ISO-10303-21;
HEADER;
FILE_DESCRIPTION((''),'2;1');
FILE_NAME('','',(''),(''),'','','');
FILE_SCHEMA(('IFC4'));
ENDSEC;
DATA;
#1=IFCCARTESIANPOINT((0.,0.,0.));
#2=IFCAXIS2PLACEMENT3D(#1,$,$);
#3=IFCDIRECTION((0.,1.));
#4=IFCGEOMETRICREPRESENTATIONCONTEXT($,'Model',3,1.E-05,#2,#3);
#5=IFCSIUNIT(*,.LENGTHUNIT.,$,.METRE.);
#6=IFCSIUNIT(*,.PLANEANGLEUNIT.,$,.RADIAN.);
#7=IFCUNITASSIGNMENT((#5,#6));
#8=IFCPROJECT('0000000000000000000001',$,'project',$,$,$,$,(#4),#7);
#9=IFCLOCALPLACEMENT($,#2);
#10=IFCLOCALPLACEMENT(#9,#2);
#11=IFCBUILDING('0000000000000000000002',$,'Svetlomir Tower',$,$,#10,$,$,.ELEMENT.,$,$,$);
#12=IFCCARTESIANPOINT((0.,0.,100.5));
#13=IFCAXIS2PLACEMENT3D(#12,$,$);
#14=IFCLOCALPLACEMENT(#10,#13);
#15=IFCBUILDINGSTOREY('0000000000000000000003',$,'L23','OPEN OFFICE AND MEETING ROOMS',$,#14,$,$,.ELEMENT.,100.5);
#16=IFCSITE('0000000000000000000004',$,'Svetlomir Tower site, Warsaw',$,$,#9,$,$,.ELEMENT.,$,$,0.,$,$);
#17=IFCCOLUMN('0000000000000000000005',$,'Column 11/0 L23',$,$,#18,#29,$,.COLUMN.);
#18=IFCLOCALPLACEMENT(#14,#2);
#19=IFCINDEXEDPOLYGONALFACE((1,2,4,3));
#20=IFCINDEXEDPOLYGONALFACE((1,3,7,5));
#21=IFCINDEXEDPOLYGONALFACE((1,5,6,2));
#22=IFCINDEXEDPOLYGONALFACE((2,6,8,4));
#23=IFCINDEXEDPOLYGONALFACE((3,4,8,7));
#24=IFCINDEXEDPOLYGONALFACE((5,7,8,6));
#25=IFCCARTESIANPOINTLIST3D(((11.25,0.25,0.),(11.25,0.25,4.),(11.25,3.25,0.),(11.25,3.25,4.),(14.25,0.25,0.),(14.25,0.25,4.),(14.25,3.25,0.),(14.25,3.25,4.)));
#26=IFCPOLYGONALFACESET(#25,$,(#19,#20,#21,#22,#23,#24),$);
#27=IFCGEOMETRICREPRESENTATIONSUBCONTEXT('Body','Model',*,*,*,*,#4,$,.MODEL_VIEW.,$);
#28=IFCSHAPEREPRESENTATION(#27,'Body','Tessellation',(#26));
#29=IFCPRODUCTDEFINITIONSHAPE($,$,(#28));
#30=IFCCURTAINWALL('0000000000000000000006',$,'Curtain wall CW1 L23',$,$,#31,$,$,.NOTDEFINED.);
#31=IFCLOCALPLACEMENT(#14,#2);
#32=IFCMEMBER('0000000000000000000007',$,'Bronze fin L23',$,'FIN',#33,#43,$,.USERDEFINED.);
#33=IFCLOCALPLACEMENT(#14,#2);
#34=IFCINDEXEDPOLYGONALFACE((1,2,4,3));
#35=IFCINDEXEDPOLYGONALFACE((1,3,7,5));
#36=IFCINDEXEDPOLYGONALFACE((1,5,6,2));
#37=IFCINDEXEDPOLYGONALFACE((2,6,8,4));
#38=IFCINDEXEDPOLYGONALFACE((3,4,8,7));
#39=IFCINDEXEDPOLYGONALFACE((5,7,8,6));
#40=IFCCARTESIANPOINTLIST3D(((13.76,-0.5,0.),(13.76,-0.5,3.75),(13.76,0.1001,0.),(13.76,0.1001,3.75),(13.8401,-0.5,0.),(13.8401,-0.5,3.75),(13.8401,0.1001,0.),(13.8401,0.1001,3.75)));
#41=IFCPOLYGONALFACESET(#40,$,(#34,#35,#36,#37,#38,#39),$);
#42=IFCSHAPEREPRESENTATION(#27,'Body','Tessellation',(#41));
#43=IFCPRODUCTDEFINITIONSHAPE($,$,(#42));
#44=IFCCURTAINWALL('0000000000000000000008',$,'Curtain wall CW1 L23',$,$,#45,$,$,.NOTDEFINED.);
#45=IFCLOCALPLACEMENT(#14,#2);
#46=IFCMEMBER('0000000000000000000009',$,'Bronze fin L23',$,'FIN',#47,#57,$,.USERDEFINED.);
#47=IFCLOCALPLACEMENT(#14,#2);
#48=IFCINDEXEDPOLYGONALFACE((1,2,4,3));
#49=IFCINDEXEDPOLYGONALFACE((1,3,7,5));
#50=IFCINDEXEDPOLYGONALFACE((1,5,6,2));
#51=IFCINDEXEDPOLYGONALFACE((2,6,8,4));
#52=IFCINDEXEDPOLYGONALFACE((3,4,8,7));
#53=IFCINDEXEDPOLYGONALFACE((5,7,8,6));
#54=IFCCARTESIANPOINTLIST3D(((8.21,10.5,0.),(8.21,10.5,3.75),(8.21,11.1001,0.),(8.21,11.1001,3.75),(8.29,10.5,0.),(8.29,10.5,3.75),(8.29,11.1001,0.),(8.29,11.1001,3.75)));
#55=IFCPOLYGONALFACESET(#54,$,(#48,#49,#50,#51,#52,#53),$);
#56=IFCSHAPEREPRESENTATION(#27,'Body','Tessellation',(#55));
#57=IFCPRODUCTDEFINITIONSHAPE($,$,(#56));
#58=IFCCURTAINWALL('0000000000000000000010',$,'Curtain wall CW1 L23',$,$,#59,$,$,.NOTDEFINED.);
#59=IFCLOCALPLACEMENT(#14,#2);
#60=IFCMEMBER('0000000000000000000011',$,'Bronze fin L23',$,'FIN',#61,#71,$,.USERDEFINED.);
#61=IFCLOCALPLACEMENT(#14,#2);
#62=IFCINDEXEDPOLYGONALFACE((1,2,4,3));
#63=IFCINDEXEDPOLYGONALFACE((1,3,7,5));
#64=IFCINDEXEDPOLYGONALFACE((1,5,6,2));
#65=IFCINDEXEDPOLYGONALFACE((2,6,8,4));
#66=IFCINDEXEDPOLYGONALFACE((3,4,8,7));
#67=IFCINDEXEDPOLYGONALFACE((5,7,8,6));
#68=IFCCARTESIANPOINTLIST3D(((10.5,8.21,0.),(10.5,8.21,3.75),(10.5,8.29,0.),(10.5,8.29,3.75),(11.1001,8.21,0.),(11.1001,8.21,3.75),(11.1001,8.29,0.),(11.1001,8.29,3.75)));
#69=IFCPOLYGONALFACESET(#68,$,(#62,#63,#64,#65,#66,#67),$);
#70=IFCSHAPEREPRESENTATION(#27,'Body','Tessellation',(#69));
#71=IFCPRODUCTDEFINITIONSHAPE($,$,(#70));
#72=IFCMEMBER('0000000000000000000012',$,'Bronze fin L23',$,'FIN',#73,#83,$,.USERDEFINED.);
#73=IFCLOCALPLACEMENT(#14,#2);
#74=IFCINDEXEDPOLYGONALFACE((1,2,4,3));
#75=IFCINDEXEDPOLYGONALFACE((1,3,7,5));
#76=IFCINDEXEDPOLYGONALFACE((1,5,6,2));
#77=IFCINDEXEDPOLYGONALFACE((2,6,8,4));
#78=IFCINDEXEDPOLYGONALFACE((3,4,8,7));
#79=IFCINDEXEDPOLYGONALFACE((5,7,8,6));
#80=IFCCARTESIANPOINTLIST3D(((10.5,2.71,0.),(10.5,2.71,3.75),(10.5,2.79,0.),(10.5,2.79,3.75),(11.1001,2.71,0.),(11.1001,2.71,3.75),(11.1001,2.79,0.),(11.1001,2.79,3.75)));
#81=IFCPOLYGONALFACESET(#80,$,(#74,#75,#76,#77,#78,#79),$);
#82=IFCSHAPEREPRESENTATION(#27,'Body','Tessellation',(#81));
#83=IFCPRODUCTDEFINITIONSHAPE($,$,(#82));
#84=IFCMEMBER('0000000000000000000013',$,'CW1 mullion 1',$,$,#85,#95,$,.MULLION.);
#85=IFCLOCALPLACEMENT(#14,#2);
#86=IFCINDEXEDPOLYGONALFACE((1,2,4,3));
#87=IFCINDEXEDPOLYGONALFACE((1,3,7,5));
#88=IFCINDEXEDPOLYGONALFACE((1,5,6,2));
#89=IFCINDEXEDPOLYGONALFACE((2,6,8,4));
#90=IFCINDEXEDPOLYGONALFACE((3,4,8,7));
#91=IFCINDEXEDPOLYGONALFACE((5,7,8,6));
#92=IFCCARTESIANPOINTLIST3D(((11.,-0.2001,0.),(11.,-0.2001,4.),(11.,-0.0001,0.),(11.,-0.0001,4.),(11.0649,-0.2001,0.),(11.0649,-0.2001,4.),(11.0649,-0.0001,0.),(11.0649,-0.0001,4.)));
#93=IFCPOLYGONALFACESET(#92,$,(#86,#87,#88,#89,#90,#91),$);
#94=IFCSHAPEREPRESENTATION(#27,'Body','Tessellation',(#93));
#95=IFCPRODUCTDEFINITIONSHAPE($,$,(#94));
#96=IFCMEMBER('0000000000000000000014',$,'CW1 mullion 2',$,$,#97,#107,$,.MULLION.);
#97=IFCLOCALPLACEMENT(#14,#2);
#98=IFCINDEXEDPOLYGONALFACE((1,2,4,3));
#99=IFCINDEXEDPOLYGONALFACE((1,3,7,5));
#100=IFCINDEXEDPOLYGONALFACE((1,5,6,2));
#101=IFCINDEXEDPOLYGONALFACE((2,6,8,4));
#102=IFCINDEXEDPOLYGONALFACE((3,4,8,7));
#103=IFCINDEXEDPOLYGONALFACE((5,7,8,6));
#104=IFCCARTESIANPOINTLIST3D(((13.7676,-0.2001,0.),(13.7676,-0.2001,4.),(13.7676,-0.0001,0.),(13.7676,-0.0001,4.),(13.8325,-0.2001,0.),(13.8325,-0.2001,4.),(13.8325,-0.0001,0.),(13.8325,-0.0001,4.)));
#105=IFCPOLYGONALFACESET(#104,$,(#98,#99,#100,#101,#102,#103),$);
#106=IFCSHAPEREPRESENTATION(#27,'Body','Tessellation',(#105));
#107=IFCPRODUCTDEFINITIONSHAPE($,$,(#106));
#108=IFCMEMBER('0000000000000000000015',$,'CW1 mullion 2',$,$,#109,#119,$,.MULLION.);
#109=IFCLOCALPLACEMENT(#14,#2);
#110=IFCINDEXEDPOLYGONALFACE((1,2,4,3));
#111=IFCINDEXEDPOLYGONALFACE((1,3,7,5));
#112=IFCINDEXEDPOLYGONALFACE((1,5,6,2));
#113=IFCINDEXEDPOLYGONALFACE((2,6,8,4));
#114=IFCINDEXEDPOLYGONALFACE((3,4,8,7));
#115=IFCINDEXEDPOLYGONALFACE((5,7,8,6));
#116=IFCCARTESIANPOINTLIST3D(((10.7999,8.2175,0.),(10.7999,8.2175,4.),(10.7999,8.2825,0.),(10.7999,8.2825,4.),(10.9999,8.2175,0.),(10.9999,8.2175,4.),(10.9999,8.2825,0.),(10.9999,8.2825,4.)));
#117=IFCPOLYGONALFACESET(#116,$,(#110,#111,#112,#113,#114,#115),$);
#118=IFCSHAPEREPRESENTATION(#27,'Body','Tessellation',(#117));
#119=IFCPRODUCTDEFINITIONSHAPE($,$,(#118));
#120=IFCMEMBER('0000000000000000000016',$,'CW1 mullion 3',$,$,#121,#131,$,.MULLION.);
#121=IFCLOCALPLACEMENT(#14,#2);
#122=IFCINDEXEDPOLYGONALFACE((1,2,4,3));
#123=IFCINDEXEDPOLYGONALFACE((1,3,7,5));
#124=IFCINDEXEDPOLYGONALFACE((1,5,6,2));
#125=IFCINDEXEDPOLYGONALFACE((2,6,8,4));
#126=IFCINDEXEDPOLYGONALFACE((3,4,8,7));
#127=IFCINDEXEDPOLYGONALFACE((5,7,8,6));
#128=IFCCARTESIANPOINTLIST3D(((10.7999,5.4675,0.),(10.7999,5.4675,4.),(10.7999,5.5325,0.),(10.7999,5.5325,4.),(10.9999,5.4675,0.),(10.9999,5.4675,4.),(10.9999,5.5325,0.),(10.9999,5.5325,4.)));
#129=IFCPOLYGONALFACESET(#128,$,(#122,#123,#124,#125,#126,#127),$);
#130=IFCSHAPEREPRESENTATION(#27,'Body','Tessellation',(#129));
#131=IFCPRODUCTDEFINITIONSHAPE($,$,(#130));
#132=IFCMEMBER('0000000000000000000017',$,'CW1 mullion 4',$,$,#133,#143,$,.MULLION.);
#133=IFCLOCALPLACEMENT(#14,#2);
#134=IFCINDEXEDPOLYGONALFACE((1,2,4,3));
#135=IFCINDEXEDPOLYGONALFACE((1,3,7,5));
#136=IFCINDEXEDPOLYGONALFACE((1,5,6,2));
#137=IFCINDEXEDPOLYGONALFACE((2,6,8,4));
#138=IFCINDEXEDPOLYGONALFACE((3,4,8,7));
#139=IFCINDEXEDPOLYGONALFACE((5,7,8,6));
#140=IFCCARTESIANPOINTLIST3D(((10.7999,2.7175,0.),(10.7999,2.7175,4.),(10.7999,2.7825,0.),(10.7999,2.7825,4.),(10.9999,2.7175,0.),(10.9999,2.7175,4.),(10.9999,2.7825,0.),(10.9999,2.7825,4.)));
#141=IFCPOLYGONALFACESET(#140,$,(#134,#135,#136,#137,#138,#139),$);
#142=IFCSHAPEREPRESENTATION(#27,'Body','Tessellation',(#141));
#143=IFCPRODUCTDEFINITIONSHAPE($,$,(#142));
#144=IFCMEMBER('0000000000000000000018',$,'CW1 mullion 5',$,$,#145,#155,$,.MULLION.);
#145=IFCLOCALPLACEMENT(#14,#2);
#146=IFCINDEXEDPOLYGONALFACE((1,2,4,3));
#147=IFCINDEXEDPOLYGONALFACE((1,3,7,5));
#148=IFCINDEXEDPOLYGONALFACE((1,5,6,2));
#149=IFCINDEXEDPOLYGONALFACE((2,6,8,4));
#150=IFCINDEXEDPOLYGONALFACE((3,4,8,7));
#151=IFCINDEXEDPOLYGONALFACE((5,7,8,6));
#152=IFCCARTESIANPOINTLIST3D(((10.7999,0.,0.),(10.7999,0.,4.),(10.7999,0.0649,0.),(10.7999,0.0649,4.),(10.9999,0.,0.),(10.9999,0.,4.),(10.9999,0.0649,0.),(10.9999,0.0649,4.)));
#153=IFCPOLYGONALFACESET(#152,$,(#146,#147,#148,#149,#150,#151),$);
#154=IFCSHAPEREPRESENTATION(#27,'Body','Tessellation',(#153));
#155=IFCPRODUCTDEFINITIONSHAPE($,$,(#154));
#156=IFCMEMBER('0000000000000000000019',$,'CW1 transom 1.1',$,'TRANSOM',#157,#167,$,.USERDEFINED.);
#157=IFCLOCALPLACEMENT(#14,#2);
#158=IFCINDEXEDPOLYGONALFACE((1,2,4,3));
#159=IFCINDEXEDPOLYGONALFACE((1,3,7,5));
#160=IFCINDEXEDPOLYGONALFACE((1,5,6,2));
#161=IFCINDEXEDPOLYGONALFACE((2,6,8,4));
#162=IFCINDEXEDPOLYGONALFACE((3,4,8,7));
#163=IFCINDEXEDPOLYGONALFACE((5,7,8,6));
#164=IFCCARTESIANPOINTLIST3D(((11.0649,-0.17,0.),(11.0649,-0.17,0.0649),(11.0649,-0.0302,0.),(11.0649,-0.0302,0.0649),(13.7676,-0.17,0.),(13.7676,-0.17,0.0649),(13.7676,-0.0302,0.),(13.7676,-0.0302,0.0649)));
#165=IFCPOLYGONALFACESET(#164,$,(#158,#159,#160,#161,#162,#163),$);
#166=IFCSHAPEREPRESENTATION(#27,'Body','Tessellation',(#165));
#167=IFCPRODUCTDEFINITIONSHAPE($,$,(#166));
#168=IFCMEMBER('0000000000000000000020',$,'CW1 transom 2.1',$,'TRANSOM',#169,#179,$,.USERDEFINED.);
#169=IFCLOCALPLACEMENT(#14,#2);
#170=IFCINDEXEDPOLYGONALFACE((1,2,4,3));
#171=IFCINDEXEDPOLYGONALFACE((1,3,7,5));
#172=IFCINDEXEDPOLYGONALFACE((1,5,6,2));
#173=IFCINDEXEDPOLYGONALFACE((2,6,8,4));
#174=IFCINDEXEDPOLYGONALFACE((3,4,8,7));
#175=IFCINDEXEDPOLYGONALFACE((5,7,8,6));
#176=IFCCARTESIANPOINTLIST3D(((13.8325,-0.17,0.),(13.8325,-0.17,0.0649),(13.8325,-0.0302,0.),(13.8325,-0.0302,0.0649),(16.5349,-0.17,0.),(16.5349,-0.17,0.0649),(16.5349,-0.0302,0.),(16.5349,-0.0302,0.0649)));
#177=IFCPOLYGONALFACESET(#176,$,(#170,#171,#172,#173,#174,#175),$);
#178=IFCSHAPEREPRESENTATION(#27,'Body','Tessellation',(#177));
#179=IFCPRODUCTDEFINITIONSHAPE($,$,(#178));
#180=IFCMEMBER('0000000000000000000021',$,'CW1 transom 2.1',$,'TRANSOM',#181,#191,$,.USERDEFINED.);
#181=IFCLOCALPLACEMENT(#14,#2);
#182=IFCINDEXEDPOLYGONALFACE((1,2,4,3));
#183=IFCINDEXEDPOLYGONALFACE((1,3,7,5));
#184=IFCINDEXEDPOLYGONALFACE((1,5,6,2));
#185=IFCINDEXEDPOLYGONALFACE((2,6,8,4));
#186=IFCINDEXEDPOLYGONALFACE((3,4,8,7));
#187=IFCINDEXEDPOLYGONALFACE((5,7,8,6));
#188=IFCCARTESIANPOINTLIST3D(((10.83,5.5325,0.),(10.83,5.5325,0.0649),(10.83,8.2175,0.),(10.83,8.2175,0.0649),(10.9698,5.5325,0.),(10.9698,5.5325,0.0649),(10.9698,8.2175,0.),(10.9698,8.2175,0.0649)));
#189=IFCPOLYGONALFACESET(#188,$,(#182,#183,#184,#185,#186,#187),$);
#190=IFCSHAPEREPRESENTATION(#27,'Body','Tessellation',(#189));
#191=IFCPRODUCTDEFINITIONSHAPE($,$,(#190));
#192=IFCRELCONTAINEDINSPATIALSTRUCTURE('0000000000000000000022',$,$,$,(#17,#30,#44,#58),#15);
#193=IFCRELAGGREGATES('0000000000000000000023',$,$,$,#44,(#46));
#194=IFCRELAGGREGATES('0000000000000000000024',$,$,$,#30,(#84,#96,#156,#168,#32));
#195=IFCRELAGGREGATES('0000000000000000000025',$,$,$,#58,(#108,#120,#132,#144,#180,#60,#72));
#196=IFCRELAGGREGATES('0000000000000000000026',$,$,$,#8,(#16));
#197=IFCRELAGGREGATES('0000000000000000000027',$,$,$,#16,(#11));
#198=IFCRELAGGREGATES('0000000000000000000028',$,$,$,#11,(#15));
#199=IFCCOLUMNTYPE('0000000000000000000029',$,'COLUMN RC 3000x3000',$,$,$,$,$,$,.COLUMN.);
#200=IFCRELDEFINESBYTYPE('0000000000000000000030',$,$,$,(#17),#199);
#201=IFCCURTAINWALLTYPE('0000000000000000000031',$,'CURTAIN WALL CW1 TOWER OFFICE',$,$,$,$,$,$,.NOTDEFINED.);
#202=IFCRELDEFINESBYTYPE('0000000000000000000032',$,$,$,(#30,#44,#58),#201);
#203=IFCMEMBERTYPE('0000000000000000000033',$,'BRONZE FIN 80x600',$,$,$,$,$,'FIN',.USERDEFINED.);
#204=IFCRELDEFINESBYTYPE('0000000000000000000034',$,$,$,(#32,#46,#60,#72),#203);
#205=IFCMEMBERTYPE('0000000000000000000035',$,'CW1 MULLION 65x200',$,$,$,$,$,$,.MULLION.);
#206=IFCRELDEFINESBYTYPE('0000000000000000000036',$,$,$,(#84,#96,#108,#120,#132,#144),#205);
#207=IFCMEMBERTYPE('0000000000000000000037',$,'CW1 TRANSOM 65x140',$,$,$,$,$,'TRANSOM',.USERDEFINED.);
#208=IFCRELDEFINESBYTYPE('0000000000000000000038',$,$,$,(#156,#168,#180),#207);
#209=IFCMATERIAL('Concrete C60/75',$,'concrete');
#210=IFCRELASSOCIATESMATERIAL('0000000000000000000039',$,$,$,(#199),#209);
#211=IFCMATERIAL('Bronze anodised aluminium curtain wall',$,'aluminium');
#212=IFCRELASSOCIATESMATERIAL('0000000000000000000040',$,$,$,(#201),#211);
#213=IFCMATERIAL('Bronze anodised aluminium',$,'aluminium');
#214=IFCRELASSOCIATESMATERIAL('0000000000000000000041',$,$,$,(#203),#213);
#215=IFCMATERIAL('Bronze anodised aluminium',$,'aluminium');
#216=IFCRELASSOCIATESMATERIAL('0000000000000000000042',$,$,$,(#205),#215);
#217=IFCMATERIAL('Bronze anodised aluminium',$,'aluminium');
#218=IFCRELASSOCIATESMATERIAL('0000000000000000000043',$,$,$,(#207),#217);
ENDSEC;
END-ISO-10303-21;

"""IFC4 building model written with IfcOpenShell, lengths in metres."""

from ifc_helpers import new_model, si_unit, direction, frame, origin, origin_2d, place, context, subcontext, project, spatial, rectangle, extrude, material, material_profile, profile_set, type_object, element, aggregate, save


model = new_model("IFC4")

# Units and contexts
model_context = context("Model", 3, precision=1e-05, world=origin(), true_north=direction((0.0, 1.0)))
body_context = subcontext(model_context, "Body", "Model", "MODEL_VIEW")
ifc_project = project(units=[si_unit("LENGTHUNIT", "METRE"), si_unit("PLANEANGLEUNIT", "RADIAN")], contexts=[model_context])

# Site, building, storey
site_placement = place(None, origin())
site = spatial("IfcSite", under=ifc_project, at=site_placement, Name="Svetlomir Tower site, Warsaw", CompositionType="ELEMENT", RefElevation=0.0)
building_placement = place(site_placement, origin())
building = spatial("IfcBuilding", under=site, at=building_placement, Name="Svetlomir Tower", CompositionType="ELEMENT")
storey_placement = place(building_placement, frame((0.0, 0.0, 100.5)))
storey = spatial("IfcBuildingStorey", under=building, at=storey_placement, Name="L23", Description="OPEN OFFICE AND MEETING ROOMS", CompositionType="ELEMENT", Elevation=100.5)

# Column
ifc_material_1 = material(Name="Concrete C60/75", Category="concrete")
ifc_material_profile_1 = material_profile(ifc_material_1, rectangle(XDim=3.0, YDim=3.0, at=origin_2d()), Name="RC 3000x3000")
ifc_profile_set_1 = profile_set([ifc_material_profile_1], Name="Concrete C60/75")
column_type = type_object("IfcColumnType", Name="COLUMN RC 3000x3000", PredefinedType="COLUMN", material=ifc_profile_set_1)
column_placement = place(storey_placement, frame((12.75, 1.75, 0.0), z_axis=(0.0, 0.0, 1.0), x_axis=(1.0, 0.0, 0.0)))
element("IfcColumn", 1, at=column_placement, inside=storey, type_object=column_type, Name="Column 11/0 L23", PredefinedType="COLUMN", context=body_context, shape_type="SweptSolid", body=[
    extrude(rectangle(XDim=3.0, YDim=3.0, at=origin_2d()), origin(), (0.0, 0.0, 1.0), 4.0),
])

# Curtain walls, members
ifc_material_2 = material(Name="Bronze anodised aluminium curtain wall", Category="aluminium")
curtain_wall_type = type_object("IfcCurtainWallType", Name="CURTAIN WALL CW1 TOWER OFFICE", PredefinedType="NOTDEFINED", material=ifc_material_2)
curtain_wall_1_placement = place(storey_placement, origin())
curtain_wall_1 = element("IfcCurtainWall", 2, at=curtain_wall_1_placement, inside=storey, type_object=curtain_wall_type, Name="Curtain wall CW1 L23", PredefinedType="NOTDEFINED")
ifc_material_3 = material(Name="Bronze anodised aluminium", Category="aluminium")
ifc_material_profile_2 = material_profile(ifc_material_3, rectangle(XDim=0.0801, YDim=0.6001, at=origin_2d()), Name="FIN 80x600")
ifc_profile_set_2 = profile_set([ifc_material_profile_2], Name="Bronze anodised aluminium 6063-T6")
member_type_1 = type_object("IfcMemberType", Name="BRONZE FIN 80x600", ElementType="FIN", PredefinedType="USERDEFINED", material=ifc_profile_set_2)
member_1_placement = place(storey_placement, frame((13.8, -0.2, 0.0), z_axis=(0.0, 0.0, 1.0), x_axis=(1.0, 0.0, 0.0)))
member_1 = element("IfcMember", 3, at=member_1_placement, type_object=member_type_1, Name="Bronze fin L23", ObjectType="FIN", PredefinedType="USERDEFINED", context=body_context, shape_type="SweptSolid", body=[
    extrude(rectangle(XDim=0.0801, YDim=0.6001, at=origin_2d()), origin(), (0.0, 0.0, 1.0), 3.75),
])
curtain_wall_2_placement = place(storey_placement, origin())
curtain_wall_2 = element("IfcCurtainWall", 4, at=curtain_wall_2_placement, inside=storey, type_object=curtain_wall_type, Name="Curtain wall CW1 L23", PredefinedType="NOTDEFINED")
member_2_placement = place(storey_placement, frame((8.25, 10.8, 0.0), z_axis=(0.0, 0.0, 1.0), x_axis=(1.0, 0.0, 0.0)))
member_2 = element("IfcMember", 5, at=member_2_placement, type_object=member_type_1, Name="Bronze fin L23", ObjectType="FIN", PredefinedType="USERDEFINED", context=body_context, shape_type="SweptSolid", body=[
    extrude(rectangle(XDim=0.0801, YDim=0.6001, at=origin_2d()), origin(), (0.0, 0.0, 1.0), 3.75),
])
aggregate(curtain_wall_2, [member_2])

# Curtain wall, members
curtain_wall_3_placement = place(storey_placement, origin())
curtain_wall_3 = element("IfcCurtainWall", 6, at=curtain_wall_3_placement, inside=storey, type_object=curtain_wall_type, Name="Curtain wall CW1 L23", PredefinedType="NOTDEFINED")
member_3_placement = place(storey_placement, frame((10.8, 8.25, 0.0), z_axis=(0.0, 0.0, 1.0), x_axis=(0.0, 1.0, 0.0)))
member_3 = element("IfcMember", 7, at=member_3_placement, type_object=member_type_1, Name="Bronze fin L23", ObjectType="FIN", PredefinedType="USERDEFINED", context=body_context, shape_type="SweptSolid", body=[
    extrude(rectangle(XDim=0.0801, YDim=0.6001, at=origin_2d()), origin(), (0.0, 0.0, 1.0), 3.75),
])
member_4_placement = place(storey_placement, frame((10.8, 2.75, 0.0), z_axis=(0.0, 0.0, 1.0), x_axis=(0.0, 1.0, 0.0)))
member_4 = element("IfcMember", 8, at=member_4_placement, type_object=member_type_1, Name="Bronze fin L23", ObjectType="FIN", PredefinedType="USERDEFINED", context=body_context, shape_type="SweptSolid", body=[
    extrude(rectangle(XDim=0.0801, YDim=0.6001, at=origin_2d()), origin(), (0.0, 0.0, 1.0), 3.75),
])

# Members
ifc_material_4 = material(Name="Bronze anodised aluminium", Category="aluminium")
ifc_material_profile_3 = material_profile(ifc_material_4, rectangle(XDim=0.0649, YDim=0.2, at=origin_2d()), Name="AL 65x200")
ifc_profile_set_3 = profile_set([ifc_material_profile_3], Name="Bronze anodised aluminium 6063-T6")
member_type_2 = type_object("IfcMemberType", Name="CW1 MULLION 65x200", PredefinedType="MULLION", material=ifc_profile_set_3)
member_5_placement = place(storey_placement, frame((11.0325, -0.1001, 0.0), z_axis=(0.0, 0.0, 1.0), x_axis=(1.0, 0.0, 0.0)))
member_5 = element("IfcMember", 9, at=member_5_placement, type_object=member_type_2, Name="CW1 mullion 1", PredefinedType="MULLION", context=body_context, shape_type="SweptSolid", body=[
    extrude(rectangle(XDim=0.0649, YDim=0.2, at=origin_2d()), origin(), (0.0, 0.0, 1.0), 4.0),
])
member_6_placement = place(storey_placement, frame((13.8, -0.1001, 0.0), z_axis=(0.0, 0.0, 1.0), x_axis=(1.0, 0.0, 0.0)))
member_6 = element("IfcMember", 10, at=member_6_placement, type_object=member_type_2, Name="CW1 mullion 2", PredefinedType="MULLION", context=body_context, shape_type="SweptSolid", body=[
    extrude(rectangle(XDim=0.0649, YDim=0.2, at=origin_2d()), origin(), (0.0, 0.0, 1.0), 4.0),
])
member_7_placement = place(storey_placement, frame((10.8999, 8.25, 0.0), z_axis=(0.0, 0.0, 1.0), x_axis=(0.0, -1.0, 0.0)))
member_7 = element("IfcMember", 11, at=member_7_placement, type_object=member_type_2, Name="CW1 mullion 2", PredefinedType="MULLION", context=body_context, shape_type="SweptSolid", body=[
    extrude(rectangle(XDim=0.0649, YDim=0.2, at=origin_2d()), origin(), (0.0, 0.0, 1.0), 4.0),
])
member_8_placement = place(storey_placement, frame((10.8999, 5.5, 0.0), z_axis=(0.0, 0.0, 1.0), x_axis=(0.0, -1.0, 0.0)))
member_8 = element("IfcMember", 12, at=member_8_placement, type_object=member_type_2, Name="CW1 mullion 3", PredefinedType="MULLION", context=body_context, shape_type="SweptSolid", body=[
    extrude(rectangle(XDim=0.0649, YDim=0.2, at=origin_2d()), origin(), (0.0, 0.0, 1.0), 4.0),
])
member_9_placement = place(storey_placement, frame((10.8999, 2.75, 0.0), z_axis=(0.0, 0.0, 1.0), x_axis=(0.0, -1.0, 0.0)))
member_9 = element("IfcMember", 13, at=member_9_placement, type_object=member_type_2, Name="CW1 mullion 4", PredefinedType="MULLION", context=body_context, shape_type="SweptSolid", body=[
    extrude(rectangle(XDim=0.0649, YDim=0.2, at=origin_2d()), origin(), (0.0, 0.0, 1.0), 4.0),
])
member_10_placement = place(storey_placement, frame((10.8999, 0.0325, 0.0), z_axis=(0.0, 0.0, 1.0), x_axis=(0.0, -1.0, 0.0)))
member_10 = element("IfcMember", 14, at=member_10_placement, type_object=member_type_2, Name="CW1 mullion 5", PredefinedType="MULLION", context=body_context, shape_type="SweptSolid", body=[
    extrude(rectangle(XDim=0.0649, YDim=0.2, at=origin_2d()), origin(), (0.0, 0.0, 1.0), 4.0),
])
ifc_material_5 = material(Name="Bronze anodised aluminium", Category="aluminium")
ifc_material_profile_4 = material_profile(ifc_material_5, rectangle(XDim=0.1399, YDim=0.0649, at=origin_2d()), Name="AL 140x65")
ifc_profile_set_4 = profile_set([ifc_material_profile_4], Name="Bronze anodised aluminium 6063-T6")
member_type_3 = type_object("IfcMemberType", Name="CW1 TRANSOM 65x140", ElementType="TRANSOM", PredefinedType="USERDEFINED", material=ifc_profile_set_4)
member_11_placement = place(storey_placement, frame((11.0649, -0.1001, 0.0325), z_axis=(1.0, 0.0, 0.0), x_axis=(0.0, 1.0, 0.0)))
member_11 = element("IfcMember", 15, at=member_11_placement, type_object=member_type_3, Name="CW1 transom 1.1", ObjectType="TRANSOM", PredefinedType="USERDEFINED", context=body_context, shape_type="SweptSolid", body=[
    extrude(rectangle(XDim=0.1399, YDim=0.0649, at=origin_2d()), origin(), (0.0, 0.0, 1.0), 2.7026),
])
member_12_placement = place(storey_placement, frame((13.8325, -0.1001, 0.0325), z_axis=(1.0, 0.0, 0.0), x_axis=(0.0, 1.0, 0.0)))
member_12 = element("IfcMember", 16, at=member_12_placement, type_object=member_type_3, Name="CW1 transom 2.1", ObjectType="TRANSOM", PredefinedType="USERDEFINED", context=body_context, shape_type="SweptSolid", body=[
    extrude(rectangle(XDim=0.1399, YDim=0.0649, at=origin_2d()), origin(), (0.0, 0.0, 1.0), 2.7024),
])
member_13_placement = place(storey_placement, frame((10.8999, 8.2175, 0.0325), z_axis=(0.0, -1.0, 0.0), x_axis=(1.0, 0.0, 0.0)))
member_13 = element("IfcMember", 17, at=member_13_placement, type_object=member_type_3, Name="CW1 transom 2.1", ObjectType="TRANSOM", PredefinedType="USERDEFINED", context=body_context, shape_type="SweptSolid", body=[
    extrude(rectangle(XDim=0.1399, YDim=0.0649, at=origin_2d()), origin(), (0.0, 0.0, 1.0), 2.6851),
])

aggregate(curtain_wall_1, [member_5, member_6, member_11, member_12, member_1])
aggregate(curtain_wall_3, [member_7, member_8, member_9, member_10, member_13, member_3, member_4])

save(model, "model.ifc")
